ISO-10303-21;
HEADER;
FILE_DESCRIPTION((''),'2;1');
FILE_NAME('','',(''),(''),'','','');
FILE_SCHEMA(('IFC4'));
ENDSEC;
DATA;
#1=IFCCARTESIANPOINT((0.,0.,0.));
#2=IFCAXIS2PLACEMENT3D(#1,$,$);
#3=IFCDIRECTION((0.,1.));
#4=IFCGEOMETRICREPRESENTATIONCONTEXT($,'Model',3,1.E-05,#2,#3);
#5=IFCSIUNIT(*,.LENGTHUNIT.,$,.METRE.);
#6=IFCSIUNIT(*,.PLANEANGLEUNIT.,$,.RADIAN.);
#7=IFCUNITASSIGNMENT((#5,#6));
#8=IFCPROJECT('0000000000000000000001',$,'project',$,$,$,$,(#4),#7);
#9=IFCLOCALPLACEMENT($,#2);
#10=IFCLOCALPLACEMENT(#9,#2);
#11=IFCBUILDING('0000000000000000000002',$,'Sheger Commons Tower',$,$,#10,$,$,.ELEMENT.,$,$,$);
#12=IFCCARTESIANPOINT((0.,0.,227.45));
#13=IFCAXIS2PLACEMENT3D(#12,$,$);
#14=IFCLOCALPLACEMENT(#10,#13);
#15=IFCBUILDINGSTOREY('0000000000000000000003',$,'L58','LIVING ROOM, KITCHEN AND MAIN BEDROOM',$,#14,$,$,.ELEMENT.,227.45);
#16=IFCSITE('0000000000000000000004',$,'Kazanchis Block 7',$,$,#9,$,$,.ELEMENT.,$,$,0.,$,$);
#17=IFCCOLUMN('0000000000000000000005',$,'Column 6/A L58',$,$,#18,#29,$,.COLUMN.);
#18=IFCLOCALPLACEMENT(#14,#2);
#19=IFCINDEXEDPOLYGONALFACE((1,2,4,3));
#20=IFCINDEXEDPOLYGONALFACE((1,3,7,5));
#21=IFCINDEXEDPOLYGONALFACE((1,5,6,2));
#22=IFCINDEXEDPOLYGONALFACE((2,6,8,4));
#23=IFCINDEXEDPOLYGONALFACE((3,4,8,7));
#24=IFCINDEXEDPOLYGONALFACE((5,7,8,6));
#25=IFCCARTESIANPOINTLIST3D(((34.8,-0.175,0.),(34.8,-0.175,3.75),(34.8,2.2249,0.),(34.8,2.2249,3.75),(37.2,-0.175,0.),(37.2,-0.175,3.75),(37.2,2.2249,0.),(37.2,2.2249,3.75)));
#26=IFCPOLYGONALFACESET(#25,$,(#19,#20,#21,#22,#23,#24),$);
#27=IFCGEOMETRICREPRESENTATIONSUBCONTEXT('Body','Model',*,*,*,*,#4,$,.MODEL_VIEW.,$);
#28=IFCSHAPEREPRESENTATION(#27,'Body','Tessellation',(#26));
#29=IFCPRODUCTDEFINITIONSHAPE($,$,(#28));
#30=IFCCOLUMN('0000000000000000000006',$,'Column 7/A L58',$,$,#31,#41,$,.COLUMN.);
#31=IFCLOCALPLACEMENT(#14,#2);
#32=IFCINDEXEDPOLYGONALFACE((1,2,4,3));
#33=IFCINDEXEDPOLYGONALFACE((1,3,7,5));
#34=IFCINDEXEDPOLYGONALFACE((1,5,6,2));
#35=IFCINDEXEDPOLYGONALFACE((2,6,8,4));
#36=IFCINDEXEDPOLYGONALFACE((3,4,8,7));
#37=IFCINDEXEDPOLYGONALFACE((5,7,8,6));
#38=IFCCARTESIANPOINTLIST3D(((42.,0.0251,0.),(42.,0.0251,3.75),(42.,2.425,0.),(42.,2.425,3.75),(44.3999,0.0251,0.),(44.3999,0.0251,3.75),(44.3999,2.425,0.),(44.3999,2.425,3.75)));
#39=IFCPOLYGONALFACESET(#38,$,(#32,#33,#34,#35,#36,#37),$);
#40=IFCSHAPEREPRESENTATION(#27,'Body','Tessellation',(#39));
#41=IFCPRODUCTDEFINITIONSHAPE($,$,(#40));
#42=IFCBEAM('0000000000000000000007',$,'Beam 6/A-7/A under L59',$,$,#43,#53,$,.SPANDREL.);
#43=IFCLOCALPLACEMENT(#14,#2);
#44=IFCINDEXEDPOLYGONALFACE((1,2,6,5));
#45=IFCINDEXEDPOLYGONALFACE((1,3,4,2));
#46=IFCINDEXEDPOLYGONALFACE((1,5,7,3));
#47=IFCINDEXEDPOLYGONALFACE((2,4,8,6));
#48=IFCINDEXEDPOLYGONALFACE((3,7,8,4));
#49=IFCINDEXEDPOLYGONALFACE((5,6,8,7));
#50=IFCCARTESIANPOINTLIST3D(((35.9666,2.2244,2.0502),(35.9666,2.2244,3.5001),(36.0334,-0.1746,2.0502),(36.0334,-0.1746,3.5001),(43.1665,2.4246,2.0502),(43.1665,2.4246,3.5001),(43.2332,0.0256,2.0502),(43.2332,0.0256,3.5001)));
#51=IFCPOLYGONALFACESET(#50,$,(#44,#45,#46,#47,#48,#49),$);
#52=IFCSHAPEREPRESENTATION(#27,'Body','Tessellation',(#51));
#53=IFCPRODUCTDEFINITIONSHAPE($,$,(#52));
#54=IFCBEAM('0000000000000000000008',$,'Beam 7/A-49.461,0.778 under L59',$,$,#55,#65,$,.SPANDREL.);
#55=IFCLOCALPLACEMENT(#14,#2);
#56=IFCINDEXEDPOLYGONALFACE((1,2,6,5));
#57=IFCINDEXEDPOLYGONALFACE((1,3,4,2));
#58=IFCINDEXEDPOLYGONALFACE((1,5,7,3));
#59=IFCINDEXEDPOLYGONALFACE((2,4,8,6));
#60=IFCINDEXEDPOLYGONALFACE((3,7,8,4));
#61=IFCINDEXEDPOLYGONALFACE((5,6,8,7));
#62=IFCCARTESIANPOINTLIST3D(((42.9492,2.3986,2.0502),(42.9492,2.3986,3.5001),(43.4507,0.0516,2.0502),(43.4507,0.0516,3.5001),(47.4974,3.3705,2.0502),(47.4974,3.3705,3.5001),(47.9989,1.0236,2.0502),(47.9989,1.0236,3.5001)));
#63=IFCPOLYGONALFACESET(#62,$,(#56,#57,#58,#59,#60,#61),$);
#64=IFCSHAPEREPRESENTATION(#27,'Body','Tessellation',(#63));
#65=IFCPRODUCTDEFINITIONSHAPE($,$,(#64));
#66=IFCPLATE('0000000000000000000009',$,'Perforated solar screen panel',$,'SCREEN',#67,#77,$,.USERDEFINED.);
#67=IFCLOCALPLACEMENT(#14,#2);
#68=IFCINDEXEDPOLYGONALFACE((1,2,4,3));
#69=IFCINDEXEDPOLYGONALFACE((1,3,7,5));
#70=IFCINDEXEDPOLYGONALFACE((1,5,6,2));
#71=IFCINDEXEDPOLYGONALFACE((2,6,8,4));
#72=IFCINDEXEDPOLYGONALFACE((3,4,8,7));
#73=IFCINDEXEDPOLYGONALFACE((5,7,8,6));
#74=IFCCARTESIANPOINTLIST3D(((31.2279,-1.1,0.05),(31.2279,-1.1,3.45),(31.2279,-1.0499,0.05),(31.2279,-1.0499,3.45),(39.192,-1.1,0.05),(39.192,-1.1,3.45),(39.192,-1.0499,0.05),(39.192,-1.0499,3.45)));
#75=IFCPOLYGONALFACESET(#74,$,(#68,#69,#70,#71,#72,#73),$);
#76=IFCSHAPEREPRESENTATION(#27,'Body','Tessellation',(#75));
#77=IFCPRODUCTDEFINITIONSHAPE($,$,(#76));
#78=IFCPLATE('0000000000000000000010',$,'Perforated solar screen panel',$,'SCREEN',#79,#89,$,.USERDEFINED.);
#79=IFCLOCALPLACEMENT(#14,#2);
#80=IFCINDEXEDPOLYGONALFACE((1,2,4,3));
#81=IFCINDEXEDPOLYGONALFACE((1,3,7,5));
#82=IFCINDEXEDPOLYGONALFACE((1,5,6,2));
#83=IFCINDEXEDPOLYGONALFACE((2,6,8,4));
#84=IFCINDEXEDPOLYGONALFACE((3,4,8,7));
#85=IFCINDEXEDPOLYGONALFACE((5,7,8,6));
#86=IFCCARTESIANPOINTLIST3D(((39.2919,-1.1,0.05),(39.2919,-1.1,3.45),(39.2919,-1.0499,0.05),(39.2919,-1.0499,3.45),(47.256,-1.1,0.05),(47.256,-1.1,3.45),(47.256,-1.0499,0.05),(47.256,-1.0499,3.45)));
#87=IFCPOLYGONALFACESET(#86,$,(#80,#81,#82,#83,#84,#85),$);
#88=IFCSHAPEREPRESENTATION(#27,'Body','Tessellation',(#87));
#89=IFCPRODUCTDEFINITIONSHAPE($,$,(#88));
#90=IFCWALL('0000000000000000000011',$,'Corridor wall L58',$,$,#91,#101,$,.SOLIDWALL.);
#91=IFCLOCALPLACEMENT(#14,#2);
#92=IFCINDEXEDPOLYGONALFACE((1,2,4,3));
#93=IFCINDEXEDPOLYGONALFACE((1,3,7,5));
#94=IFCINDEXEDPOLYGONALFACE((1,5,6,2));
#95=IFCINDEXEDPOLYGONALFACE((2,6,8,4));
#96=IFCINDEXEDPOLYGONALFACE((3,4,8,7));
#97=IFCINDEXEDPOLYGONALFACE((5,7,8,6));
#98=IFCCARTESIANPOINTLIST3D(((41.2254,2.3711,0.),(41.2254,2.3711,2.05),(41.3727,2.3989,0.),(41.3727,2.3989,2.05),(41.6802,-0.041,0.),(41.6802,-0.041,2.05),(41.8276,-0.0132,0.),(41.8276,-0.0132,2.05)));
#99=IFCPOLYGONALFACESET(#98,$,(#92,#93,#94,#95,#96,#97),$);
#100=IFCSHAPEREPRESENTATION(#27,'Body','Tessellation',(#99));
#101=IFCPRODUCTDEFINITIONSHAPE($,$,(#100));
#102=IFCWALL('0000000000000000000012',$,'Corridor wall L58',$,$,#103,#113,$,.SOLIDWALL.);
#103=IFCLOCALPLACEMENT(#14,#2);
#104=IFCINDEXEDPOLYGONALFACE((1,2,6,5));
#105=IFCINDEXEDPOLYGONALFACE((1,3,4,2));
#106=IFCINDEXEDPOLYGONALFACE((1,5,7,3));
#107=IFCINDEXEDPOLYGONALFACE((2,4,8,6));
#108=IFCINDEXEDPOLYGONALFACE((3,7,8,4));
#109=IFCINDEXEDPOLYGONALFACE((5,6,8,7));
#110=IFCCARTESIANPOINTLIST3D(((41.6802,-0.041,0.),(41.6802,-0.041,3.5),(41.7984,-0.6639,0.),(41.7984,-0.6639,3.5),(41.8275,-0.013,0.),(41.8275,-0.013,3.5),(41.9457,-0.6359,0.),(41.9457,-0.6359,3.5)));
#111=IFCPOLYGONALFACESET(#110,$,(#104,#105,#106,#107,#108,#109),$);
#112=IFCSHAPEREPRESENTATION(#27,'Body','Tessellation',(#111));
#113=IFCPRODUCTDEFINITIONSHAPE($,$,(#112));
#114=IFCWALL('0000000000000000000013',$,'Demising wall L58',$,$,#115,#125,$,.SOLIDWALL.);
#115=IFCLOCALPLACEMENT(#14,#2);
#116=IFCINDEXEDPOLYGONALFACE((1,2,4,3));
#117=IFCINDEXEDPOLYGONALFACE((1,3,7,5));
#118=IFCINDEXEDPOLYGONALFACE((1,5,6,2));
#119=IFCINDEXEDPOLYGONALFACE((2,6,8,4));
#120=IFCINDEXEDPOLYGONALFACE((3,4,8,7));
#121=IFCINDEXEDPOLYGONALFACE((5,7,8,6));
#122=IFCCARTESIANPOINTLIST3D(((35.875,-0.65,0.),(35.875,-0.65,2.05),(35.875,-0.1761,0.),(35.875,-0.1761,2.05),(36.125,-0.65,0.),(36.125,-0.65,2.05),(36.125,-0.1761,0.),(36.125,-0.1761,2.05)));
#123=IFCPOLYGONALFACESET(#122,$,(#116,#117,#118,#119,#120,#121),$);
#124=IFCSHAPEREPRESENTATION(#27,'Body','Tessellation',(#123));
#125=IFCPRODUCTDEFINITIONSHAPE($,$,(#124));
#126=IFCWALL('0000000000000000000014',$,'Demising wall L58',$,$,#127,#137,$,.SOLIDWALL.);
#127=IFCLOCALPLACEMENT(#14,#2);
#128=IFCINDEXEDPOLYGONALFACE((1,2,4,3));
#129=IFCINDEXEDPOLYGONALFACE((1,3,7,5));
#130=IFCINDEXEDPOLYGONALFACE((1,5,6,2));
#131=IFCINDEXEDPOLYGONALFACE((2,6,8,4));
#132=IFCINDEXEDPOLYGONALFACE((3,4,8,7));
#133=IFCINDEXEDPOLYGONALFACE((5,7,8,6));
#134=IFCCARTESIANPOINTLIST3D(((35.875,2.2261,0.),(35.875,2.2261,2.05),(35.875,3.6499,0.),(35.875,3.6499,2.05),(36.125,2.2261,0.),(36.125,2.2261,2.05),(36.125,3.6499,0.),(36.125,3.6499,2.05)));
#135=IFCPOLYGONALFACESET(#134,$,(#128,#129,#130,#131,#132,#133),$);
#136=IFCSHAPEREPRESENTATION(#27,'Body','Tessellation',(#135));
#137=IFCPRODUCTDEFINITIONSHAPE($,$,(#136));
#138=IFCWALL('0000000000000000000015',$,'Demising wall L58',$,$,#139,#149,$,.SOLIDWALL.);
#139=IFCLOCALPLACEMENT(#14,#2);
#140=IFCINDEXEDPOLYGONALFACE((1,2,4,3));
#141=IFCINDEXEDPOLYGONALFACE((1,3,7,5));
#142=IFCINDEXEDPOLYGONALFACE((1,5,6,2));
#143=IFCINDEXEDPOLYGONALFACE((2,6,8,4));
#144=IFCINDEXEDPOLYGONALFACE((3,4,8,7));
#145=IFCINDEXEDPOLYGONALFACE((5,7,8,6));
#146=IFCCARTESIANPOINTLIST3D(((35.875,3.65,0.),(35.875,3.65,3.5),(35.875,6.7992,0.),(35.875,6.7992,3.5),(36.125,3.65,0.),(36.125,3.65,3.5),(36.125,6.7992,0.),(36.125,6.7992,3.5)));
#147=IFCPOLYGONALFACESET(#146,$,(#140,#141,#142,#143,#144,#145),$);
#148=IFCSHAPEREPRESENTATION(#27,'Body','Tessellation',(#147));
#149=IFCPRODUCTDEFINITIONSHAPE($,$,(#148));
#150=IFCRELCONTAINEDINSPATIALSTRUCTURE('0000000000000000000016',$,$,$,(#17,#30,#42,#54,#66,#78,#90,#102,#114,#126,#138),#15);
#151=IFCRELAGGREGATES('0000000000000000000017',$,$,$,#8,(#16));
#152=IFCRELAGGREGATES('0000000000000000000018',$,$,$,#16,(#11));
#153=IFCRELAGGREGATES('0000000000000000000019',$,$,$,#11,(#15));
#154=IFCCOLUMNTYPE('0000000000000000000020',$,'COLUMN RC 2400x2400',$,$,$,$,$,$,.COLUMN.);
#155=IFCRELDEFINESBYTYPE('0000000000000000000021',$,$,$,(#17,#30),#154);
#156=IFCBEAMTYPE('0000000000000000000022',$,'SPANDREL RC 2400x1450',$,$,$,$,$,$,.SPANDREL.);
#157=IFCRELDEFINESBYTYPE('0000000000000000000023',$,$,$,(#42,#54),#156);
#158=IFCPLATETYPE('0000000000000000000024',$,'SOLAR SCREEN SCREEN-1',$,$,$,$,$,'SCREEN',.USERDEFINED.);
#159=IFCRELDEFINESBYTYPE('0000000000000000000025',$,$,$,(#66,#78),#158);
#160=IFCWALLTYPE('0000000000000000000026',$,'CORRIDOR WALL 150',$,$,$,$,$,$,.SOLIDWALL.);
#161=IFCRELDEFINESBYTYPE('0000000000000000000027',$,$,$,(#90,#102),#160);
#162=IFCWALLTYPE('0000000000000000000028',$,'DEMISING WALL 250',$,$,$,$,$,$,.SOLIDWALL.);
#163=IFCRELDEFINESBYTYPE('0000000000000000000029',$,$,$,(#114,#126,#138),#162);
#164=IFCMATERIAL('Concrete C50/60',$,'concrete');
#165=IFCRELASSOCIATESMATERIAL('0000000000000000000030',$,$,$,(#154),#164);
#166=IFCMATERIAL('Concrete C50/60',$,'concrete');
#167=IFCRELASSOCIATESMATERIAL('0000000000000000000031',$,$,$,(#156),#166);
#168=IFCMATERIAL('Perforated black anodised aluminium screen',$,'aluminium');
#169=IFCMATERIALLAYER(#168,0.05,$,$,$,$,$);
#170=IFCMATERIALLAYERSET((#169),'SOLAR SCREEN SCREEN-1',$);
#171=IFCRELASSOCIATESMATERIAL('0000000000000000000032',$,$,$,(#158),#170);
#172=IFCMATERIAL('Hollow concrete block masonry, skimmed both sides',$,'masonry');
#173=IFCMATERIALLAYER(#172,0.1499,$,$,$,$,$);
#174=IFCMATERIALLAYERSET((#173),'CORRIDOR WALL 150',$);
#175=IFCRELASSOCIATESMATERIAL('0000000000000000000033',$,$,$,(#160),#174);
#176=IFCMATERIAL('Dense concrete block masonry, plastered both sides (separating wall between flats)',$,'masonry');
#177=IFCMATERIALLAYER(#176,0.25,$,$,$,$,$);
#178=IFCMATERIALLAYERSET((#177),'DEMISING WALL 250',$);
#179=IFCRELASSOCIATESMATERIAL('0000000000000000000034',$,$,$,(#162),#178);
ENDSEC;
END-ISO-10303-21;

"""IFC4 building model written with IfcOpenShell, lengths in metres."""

from ifc_helpers import new_model, si_unit, direction, frame, frame_2d, origin, origin_2d, place, context, subcontext, project, spatial, rectangle, extrude, material, layer, layer_set, material_profile, profile_set, type_object, element, save


model = new_model("IFC4")

# Units and contexts
model_context = context("Model", 3, precision=1e-05, world=origin(), true_north=direction((0.0, 1.0)))
body_context = subcontext(model_context, "Body", "Model", "MODEL_VIEW")
ifc_project = project(units=[si_unit("LENGTHUNIT", "METRE"), si_unit("PLANEANGLEUNIT", "RADIAN")], contexts=[model_context])

# Site, building, storey
site_placement = place(None, origin())
site = spatial("IfcSite", under=ifc_project, at=site_placement, Name="Kazanchis Block 7", CompositionType="ELEMENT", RefElevation=0.0)
building_placement = place(site_placement, origin())
building = spatial("IfcBuilding", under=site, at=building_placement, Name="Sheger Commons Tower", CompositionType="ELEMENT")
storey_placement = place(building_placement, frame((0.0, 0.0, 227.45)))
storey = spatial("IfcBuildingStorey", under=building, at=storey_placement, Name="L58", Description="LIVING ROOM, KITCHEN AND MAIN BEDROOM", CompositionType="ELEMENT", Elevation=227.45)

# Columns
ifc_material_1 = material(Name="Concrete C50/60", Category="concrete")
ifc_material_profile_1 = material_profile(ifc_material_1, rectangle(XDim=2.3999, YDim=2.3999, at=origin_2d()), Name="RC 2400x2400")
ifc_profile_set_1 = profile_set([ifc_material_profile_1], Name="Concrete C50/60")
column_type = type_object("IfcColumnType", Name="COLUMN RC 2400x2400", PredefinedType="COLUMN", material=ifc_profile_set_1)
for number, where, z_axis, x_axis, name in (
    (1, (36.0, 1.0249, 0.0), (0.0, 0.0, 1.0), (1.0, 0.0, 0.0), "Column 6/A L58"),
    (2, (43.2, 1.2251, 0.0), (0.0, 0.0, 1.0), (1.0, 0.0, 0.0), "Column 7/A L58"),
):
    element("IfcColumn", number, at=place(storey_placement, frame(where, z_axis=z_axis, x_axis=x_axis)), inside=storey, type_object=column_type, Name=name, PredefinedType="COLUMN", context=body_context, shape_type="SweptSolid", body=[
        extrude(rectangle(XDim=2.3999, YDim=2.3999, at=origin_2d()), origin(), (0.0, 0.0, 1.0), 3.75),
    ])

# Beams
ifc_material_2 = material(Name="Concrete C50/60", Category="concrete")
ifc_material_profile_2 = material_profile(ifc_material_2, rectangle(XDim=2.3999, YDim=1.45, at=origin_2d()), Name="RC 2400x1450")
ifc_profile_set_2 = profile_set([ifc_material_profile_2], Name="Concrete C50/60")
beam_type = type_object("IfcBeamType", Name="SPANDREL RC 2400x1450", PredefinedType="SPANDREL", material=ifc_profile_set_2)
beam_1_placement = place(storey_placement, frame((36.0, 1.0249, 2.7751), z_axis=(0.999614, 0.027794, 0.0), x_axis=(-0.027794, 0.999614, 0.0)))
element("IfcBeam", 3, at=beam_1_placement, inside=storey, type_object=beam_type, Name="Beam 6/A-7/A under L59", PredefinedType="SPANDREL", context=body_context, shape_type="SweptSolid", body=[
    extrude(rectangle(XDim=2.3999, YDim=1.45, at=origin_2d()), origin(), (0.0, 0.0, 1.0), 7.2026),
])
beam_2_placement = place(storey_placement, frame((43.2, 1.2251, 2.7751), z_axis=(0.97792, 0.208981, 0.0), x_axis=(-0.208981, 0.97792, 0.0)))
element("IfcBeam", 4, at=beam_2_placement, inside=storey, type_object=beam_type, Name="Beam 7/A-49.461,0.778 under L59", PredefinedType="SPANDREL", context=body_context, shape_type="SweptSolid", body=[
    extrude(rectangle(XDim=2.3999, YDim=1.45, at=origin_2d()), origin(), (0.0, 0.0, 1.0), 4.6509),
])

# Plates
ifc_material_3 = material(Name="Perforated black anodised aluminium screen", Category="aluminium")
ifc_layer_1 = layer(ifc_material_3, 0.05)
ifc_layer_set_1 = layer_set([ifc_layer_1], Name="SOLAR SCREEN SCREEN-1")
plate_type = type_object("IfcPlateType", Name="SOLAR SCREEN SCREEN-1", ElementType="SCREEN", PredefinedType="USERDEFINED", material=ifc_layer_set_1)
for number, where, z_axis, x_axis, name in (
    (5, (35.21, -1.075, 0.05), (0.0, 0.0, 1.0), (1.0, 0.0, 0.0), "Perforated solar screen panel"),
    (6, (43.2739, -1.075, 0.05), (0.0, 0.0, 1.0), (1.0, 0.0, 0.0), "Perforated solar screen panel"),
):
    element("IfcPlate", number, at=place(storey_placement, frame(where, z_axis=z_axis, x_axis=x_axis)), inside=storey, type_object=plate_type, Name=name, ObjectType="SCREEN", PredefinedType="USERDEFINED", context=body_context, shape_type="SweptSolid", body=[
        extrude(rectangle(XDim=7.9641, YDim=0.05, at=origin_2d()), origin(), (0.0, 0.0, 1.0), 3.3999),
    ])

# Walls
ifc_material_4 = material(Name="Hollow concrete block masonry, skimmed both sides", Category="masonry")
ifc_layer_2 = layer(ifc_material_4, 0.1499)
ifc_layer_set_2 = layer_set([ifc_layer_2], Name="CORRIDOR WALL 150")
wall_type_1 = type_object("IfcWallType", Name="CORRIDOR WALL 150", PredefinedType="SOLIDWALL", material=ifc_layer_set_2)
wall_1_placement = place(storey_placement, frame((41.2991, 2.385, 0.0), z_axis=(0.0, 0.0, 1.0), x_axis=(0.185297, -0.982683, 0.0)))
element("IfcWall", 7, at=wall_1_placement, inside=storey, type_object=wall_type_1, Name="Corridor wall L58", PredefinedType="SOLIDWALL", context=body_context, shape_type="SweptSolid", body=[
    extrude(rectangle(XDim=2.4546, YDim=0.1499, at=frame_2d((1.2273, 0.0))), origin(), (0.0, 0.0, 1.0), 2.05),
])
wall_2_placement = place(storey_placement, frame((41.7539, -0.0271, 0.0), z_axis=(0.0, 0.0, 1.0), x_axis=(0.186404, -0.982473, 0.0)))
element("IfcWall", 8, at=wall_2_placement, inside=storey, type_object=wall_type_1, Name="Corridor wall L58", PredefinedType="SOLIDWALL", context=body_context, shape_type="SweptSolid", body=[
    extrude(rectangle(XDim=0.634, YDim=0.1499, at=frame_2d((0.3169, 0.0))), origin(), (0.0, 0.0, 1.0), 3.5),
])
ifc_material_5 = material(Name="Dense concrete block masonry, plastered both sides (separating wall between flats)", Category="masonry")
ifc_layer_3 = layer(ifc_material_5, 0.25)
ifc_layer_set_3 = layer_set([ifc_layer_3], Name="DEMISING WALL 250")
wall_type_2 = type_object("IfcWallType", Name="DEMISING WALL 250", PredefinedType="SOLIDWALL", material=ifc_layer_set_3)
wall_3_placement = place(storey_placement, frame((36.0, -0.6499, 0.0), z_axis=(0.0, 0.0, 1.0), x_axis=(0.0, 1.0, 0.0)))
element("IfcWall", 9, at=wall_3_placement, inside=storey, type_object=wall_type_2, Name="Demising wall L58", PredefinedType="SOLIDWALL", context=body_context, shape_type="SweptSolid", body=[
    extrude(rectangle(XDim=0.4739, YDim=0.25, at=frame_2d((0.2368, 0.0))), origin(), (0.0, 0.0, 1.0), 2.05),
])
wall_4_placement = place(storey_placement, frame((36.0, 2.2261, 0.0), z_axis=(0.0, 0.0, 1.0), x_axis=(0.0, 1.0, 0.0)))
element("IfcWall", 10, at=wall_4_placement, inside=storey, type_object=wall_type_2, Name="Demising wall L58", PredefinedType="SOLIDWALL", context=body_context, shape_type="SweptSolid", body=[
    extrude(rectangle(XDim=1.4238, YDim=0.25, at=frame_2d((0.7119, 0.0))), origin(), (0.0, 0.0, 1.0), 2.05),
])
wall_5_placement = place(storey_placement, frame((36.0, 3.6499, 0.0), z_axis=(0.0, 0.0, 1.0), x_axis=(0.0, 1.0, 0.0)))
element("IfcWall", 11, at=wall_5_placement, inside=storey, type_object=wall_type_2, Name="Demising wall L58", PredefinedType="SOLIDWALL", context=body_context, shape_type="SweptSolid", body=[
    extrude(rectangle(XDim=3.1492, YDim=0.25, at=frame_2d((1.5747, 0.0))), origin(), (0.0, 0.0, 1.0), 3.5),
])

save(model, "model.ifc")
